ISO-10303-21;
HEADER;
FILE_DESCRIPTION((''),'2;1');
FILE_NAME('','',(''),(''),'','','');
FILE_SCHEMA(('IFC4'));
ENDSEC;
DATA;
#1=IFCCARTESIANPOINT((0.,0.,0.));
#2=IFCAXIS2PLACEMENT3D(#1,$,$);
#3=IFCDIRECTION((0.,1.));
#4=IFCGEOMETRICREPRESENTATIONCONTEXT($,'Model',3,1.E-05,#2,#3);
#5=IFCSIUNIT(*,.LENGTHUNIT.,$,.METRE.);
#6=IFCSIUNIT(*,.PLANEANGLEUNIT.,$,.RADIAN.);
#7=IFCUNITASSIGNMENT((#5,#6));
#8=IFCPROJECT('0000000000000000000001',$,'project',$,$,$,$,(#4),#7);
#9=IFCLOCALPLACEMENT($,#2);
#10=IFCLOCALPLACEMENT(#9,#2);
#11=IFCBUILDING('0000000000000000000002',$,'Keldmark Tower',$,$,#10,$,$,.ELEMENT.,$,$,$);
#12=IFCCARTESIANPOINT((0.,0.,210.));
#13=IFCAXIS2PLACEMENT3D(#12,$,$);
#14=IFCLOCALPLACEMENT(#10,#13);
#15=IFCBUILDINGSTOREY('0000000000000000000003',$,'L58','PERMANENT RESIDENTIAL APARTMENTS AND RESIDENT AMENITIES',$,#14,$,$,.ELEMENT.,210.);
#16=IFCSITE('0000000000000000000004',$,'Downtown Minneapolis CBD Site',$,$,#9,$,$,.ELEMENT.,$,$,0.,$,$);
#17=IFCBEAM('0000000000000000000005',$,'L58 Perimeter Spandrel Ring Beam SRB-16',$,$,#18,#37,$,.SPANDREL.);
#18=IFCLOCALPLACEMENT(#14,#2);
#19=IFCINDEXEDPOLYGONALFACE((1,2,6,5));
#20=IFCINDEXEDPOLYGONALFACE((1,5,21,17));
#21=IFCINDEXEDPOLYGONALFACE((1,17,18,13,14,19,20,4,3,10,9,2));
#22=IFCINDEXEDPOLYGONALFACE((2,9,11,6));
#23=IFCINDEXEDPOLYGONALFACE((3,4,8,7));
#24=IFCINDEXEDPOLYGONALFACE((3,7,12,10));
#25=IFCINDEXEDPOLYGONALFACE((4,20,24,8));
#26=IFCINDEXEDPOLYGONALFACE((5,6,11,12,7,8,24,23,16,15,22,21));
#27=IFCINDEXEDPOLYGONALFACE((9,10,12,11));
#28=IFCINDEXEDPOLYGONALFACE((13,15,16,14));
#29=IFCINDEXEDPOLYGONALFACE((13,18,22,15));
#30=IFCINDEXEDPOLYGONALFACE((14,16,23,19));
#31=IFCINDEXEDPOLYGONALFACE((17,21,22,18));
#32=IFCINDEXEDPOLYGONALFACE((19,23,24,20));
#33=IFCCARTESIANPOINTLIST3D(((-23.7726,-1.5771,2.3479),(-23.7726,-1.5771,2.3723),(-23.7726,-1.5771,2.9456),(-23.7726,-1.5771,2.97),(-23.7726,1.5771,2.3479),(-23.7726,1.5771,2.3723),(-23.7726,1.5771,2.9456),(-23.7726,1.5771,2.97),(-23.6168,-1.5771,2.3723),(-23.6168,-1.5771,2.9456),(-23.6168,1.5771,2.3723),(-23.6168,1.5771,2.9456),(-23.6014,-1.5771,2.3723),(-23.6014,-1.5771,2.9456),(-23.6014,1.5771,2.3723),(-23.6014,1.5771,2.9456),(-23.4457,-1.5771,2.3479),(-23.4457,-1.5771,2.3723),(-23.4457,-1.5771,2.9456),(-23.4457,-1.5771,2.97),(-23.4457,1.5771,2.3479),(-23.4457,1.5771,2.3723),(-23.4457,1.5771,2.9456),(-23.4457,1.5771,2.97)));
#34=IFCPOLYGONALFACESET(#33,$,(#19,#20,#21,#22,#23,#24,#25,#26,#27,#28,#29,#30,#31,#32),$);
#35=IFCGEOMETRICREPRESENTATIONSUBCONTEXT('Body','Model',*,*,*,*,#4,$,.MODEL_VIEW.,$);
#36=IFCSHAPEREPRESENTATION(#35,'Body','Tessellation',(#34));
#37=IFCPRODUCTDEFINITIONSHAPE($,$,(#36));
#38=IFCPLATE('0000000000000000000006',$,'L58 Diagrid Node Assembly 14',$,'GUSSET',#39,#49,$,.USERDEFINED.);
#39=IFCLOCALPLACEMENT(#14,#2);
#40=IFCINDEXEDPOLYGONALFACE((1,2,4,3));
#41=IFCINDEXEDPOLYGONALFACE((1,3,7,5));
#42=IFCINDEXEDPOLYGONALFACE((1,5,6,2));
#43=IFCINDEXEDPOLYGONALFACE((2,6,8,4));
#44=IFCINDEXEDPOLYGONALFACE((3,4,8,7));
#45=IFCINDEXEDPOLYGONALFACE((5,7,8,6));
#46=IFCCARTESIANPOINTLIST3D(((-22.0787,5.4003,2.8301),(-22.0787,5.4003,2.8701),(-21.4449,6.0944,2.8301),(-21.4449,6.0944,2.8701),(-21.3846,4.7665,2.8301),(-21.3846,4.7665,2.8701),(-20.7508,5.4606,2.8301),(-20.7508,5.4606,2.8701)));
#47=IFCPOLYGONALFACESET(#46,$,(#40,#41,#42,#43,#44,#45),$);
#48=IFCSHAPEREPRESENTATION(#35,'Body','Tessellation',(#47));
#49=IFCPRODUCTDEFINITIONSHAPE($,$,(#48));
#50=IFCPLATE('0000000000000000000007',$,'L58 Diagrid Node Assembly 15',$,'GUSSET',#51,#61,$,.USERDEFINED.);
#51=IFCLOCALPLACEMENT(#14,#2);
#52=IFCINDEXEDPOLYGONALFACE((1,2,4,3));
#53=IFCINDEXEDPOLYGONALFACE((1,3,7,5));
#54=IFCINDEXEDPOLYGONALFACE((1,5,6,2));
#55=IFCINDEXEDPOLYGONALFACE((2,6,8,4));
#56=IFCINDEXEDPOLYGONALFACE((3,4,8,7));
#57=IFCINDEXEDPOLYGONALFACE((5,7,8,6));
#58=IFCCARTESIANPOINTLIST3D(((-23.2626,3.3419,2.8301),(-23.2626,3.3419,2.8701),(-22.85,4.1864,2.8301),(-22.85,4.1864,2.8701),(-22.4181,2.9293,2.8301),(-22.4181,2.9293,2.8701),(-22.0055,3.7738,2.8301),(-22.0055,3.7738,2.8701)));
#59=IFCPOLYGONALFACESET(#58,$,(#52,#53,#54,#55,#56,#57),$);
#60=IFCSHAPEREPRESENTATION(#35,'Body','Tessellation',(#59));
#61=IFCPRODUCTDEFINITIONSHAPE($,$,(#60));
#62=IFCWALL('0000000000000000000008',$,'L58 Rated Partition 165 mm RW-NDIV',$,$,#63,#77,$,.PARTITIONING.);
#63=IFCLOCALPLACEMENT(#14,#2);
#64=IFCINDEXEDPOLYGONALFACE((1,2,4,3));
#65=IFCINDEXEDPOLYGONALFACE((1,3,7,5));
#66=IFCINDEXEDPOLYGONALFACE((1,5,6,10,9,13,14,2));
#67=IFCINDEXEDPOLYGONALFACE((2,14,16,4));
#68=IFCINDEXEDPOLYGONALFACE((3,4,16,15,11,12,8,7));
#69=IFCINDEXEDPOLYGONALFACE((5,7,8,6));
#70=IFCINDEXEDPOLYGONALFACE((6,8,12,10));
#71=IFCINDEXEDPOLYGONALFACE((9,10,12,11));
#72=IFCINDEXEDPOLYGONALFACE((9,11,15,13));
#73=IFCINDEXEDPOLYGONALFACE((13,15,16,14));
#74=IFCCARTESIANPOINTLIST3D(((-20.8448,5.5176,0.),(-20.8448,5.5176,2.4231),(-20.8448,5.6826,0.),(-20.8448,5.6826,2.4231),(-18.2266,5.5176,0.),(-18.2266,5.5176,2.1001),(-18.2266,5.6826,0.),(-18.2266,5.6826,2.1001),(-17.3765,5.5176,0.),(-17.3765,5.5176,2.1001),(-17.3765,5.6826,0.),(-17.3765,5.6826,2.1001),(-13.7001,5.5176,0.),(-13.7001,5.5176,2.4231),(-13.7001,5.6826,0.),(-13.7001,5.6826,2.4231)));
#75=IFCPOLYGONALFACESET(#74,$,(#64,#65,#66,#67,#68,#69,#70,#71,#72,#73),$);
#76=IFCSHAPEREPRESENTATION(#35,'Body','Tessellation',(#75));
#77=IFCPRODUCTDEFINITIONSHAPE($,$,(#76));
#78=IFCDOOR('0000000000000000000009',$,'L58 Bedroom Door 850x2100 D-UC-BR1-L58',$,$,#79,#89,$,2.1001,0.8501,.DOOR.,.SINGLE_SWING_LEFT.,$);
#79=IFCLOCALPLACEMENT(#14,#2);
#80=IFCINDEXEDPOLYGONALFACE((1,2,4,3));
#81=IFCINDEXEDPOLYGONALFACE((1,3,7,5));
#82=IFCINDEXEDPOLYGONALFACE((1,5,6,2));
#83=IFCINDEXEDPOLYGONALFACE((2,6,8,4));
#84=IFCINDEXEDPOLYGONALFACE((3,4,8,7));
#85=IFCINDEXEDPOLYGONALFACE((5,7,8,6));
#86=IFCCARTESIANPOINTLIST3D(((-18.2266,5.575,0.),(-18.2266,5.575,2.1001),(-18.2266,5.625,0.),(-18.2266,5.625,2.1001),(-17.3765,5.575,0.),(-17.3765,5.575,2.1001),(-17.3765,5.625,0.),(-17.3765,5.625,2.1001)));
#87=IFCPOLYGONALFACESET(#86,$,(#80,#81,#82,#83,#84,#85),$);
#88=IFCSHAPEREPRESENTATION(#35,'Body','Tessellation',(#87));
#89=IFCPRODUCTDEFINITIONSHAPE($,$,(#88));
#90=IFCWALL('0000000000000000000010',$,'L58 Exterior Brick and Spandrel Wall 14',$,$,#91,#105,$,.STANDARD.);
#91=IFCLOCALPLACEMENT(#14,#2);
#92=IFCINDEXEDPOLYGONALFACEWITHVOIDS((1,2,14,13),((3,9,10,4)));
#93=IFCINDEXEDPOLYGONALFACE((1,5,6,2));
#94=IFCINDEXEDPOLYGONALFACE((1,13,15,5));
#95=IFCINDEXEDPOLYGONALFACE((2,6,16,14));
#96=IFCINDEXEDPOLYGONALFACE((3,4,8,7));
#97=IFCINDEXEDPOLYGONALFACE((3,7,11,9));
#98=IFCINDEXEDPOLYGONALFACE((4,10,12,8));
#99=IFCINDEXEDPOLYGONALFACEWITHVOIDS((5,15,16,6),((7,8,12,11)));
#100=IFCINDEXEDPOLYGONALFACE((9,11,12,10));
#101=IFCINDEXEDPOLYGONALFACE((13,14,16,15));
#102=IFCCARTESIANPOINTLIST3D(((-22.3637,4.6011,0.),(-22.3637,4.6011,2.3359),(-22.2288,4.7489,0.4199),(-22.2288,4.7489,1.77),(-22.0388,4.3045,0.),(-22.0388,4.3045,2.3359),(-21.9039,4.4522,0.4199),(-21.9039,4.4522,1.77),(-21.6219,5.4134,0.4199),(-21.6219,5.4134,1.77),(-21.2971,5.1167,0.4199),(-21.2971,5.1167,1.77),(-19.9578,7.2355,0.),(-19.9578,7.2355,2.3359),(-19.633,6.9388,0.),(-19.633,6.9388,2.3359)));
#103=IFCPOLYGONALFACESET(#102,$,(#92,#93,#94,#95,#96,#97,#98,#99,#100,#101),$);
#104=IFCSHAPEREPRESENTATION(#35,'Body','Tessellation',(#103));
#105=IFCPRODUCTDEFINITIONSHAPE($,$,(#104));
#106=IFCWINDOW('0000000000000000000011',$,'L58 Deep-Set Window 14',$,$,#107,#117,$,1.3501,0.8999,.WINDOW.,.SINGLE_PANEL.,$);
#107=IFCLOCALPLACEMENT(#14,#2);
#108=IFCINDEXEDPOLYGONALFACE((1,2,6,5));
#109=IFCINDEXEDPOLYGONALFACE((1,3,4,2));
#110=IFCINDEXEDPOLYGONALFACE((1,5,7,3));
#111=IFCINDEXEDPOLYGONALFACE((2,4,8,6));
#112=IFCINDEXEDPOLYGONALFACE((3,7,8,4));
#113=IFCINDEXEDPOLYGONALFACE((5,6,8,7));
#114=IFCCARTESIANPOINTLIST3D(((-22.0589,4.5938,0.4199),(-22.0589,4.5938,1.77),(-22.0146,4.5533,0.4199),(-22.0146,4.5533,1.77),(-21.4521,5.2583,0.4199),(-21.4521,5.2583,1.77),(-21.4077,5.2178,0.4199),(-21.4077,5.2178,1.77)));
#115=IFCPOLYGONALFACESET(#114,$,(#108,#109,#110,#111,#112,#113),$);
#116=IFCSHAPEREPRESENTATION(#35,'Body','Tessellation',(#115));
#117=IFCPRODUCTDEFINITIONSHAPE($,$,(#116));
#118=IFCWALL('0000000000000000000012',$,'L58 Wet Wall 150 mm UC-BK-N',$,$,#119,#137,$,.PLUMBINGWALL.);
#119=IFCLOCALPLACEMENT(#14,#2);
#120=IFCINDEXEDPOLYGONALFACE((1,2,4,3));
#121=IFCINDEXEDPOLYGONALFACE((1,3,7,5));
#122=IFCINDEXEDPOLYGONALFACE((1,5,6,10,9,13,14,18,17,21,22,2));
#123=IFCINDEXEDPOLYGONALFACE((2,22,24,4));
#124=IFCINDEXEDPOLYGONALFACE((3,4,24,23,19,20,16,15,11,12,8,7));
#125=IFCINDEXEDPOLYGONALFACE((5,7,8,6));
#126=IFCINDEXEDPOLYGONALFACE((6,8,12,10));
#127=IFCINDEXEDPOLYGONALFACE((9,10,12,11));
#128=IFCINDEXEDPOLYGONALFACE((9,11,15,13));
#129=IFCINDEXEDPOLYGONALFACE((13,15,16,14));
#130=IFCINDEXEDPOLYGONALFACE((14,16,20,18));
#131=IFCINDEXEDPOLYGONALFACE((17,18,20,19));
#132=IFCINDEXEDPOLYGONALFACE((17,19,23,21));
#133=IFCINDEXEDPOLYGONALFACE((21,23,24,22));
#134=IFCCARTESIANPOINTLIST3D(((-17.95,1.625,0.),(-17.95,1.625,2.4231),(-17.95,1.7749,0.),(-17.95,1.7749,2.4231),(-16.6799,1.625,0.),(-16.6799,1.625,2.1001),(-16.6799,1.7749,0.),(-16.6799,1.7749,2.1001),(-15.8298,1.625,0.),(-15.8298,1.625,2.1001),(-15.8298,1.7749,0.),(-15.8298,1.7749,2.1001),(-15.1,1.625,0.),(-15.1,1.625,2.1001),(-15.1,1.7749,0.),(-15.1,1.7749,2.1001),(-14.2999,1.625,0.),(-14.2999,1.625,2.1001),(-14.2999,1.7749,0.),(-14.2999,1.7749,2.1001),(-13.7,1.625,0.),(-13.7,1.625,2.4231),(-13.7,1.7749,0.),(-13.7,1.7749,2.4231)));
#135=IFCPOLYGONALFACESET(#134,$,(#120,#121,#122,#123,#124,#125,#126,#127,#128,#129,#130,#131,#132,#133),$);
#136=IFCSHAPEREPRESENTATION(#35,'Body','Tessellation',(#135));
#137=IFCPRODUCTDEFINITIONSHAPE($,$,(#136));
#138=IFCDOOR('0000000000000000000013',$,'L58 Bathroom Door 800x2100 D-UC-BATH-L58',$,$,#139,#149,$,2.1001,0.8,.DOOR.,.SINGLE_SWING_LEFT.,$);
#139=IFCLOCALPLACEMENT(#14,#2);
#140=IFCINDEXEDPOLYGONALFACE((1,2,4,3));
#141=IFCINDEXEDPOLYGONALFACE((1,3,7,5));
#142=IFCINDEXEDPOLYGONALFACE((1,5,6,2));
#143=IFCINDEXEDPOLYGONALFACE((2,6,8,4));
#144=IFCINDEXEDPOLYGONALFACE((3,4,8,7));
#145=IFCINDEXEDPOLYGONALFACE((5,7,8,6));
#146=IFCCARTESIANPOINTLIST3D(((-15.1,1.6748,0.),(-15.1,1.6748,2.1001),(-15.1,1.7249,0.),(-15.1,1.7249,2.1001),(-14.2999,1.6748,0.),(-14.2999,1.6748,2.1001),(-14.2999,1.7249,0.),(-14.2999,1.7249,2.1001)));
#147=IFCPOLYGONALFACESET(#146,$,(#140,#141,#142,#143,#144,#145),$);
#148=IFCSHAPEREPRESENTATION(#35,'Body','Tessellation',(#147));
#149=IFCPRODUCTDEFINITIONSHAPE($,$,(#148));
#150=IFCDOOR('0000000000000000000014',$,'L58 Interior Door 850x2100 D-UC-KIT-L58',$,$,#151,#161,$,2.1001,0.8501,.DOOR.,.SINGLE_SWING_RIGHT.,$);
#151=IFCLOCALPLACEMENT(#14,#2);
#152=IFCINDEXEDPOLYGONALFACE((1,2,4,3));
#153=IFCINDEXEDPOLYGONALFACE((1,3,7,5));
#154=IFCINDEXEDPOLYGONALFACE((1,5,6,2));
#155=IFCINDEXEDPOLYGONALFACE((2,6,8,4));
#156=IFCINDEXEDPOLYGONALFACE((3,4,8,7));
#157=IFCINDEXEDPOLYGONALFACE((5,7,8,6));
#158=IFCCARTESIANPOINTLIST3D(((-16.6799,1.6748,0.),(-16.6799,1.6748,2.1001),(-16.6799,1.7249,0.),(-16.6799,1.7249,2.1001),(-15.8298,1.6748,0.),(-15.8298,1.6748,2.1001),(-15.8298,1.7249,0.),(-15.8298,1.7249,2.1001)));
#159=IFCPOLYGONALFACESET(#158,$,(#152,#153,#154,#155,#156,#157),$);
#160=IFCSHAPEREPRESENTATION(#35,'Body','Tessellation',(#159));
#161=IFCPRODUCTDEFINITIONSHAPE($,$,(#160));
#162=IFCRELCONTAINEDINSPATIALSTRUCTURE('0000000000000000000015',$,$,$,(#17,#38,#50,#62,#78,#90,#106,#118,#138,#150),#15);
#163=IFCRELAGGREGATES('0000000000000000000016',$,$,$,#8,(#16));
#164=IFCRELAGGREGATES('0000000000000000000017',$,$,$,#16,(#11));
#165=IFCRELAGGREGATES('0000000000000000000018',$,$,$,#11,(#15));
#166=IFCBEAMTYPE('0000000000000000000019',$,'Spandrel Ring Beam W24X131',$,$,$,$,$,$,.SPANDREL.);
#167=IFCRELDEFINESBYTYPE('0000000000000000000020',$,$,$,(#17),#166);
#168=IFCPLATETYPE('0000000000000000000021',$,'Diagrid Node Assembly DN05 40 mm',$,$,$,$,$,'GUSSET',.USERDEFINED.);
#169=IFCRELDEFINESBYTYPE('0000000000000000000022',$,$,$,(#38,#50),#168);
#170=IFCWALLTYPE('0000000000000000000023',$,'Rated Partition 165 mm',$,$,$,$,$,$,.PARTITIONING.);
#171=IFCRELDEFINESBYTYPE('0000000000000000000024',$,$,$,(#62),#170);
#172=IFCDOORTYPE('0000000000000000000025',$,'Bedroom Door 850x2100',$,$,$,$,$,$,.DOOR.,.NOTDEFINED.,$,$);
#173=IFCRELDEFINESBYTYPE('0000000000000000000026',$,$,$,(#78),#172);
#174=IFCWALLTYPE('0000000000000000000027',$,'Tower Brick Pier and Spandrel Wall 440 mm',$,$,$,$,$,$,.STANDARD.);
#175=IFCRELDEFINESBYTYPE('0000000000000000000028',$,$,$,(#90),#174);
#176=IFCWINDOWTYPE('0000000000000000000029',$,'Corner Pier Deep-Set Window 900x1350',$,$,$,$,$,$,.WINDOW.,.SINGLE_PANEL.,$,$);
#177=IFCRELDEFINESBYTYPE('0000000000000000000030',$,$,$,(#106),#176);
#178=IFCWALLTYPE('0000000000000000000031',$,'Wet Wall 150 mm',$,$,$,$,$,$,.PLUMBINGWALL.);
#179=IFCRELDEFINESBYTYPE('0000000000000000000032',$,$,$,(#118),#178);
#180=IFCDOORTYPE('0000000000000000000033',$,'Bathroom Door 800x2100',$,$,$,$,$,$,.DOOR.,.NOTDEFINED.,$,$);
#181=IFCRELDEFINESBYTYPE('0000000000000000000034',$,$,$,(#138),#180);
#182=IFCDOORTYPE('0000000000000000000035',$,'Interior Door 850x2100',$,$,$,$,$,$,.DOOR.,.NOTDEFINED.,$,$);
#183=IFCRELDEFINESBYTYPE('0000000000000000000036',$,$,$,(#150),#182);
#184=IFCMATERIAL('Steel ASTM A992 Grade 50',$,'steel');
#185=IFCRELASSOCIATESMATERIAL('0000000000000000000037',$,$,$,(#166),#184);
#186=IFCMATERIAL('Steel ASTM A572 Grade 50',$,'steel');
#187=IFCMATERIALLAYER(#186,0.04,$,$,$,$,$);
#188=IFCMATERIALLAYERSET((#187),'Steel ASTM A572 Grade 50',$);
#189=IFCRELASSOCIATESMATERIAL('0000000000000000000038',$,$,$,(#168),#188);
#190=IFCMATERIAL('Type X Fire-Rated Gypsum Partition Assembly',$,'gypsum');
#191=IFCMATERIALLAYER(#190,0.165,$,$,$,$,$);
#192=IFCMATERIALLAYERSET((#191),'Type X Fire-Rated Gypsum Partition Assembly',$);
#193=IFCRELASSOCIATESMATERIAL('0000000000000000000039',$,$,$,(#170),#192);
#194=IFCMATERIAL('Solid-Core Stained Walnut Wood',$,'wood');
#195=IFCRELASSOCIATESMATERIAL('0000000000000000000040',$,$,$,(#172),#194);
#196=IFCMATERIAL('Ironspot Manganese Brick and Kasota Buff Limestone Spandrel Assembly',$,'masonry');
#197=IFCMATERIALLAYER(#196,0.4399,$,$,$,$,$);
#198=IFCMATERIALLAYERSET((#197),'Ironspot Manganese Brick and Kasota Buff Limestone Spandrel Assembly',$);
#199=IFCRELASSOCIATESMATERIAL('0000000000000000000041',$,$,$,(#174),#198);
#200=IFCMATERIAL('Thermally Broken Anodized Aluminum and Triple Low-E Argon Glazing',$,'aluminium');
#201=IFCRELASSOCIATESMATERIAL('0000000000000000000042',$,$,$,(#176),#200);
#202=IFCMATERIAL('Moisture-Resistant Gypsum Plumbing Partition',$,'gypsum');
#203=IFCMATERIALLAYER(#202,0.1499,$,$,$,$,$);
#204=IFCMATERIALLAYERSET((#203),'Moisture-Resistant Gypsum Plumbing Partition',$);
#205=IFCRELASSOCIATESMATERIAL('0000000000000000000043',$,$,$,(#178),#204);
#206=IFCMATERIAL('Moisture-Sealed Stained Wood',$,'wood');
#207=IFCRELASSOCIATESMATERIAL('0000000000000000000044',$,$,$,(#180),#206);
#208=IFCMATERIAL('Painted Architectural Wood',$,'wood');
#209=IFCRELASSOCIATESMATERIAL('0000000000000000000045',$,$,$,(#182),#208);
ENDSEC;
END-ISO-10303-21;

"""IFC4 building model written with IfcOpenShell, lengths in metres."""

from ifc_helpers import new_model, si_unit, direction, frame, frame_2d, origin, origin_2d, place, context, subcontext, project, spatial, rectangle, i_section, extrude, material, layer, layer_set, material_profile, profile_set, type_object, element, fill, save


model = new_model("IFC4")

# Units and contexts
model_context = context("Model", 3, precision=1e-05, world=origin(), true_north=direction((0.0, 1.0)))
body_context = subcontext(model_context, "Body", "Model", "MODEL_VIEW")
ifc_project = project(units=[si_unit("LENGTHUNIT", "METRE"), si_unit("PLANEANGLEUNIT", "RADIAN")], contexts=[model_context])

# Site, building, storey
site_placement = place(None, origin())
site = spatial("IfcSite", under=ifc_project, at=site_placement, Name="Downtown Minneapolis CBD Site", CompositionType="ELEMENT", RefElevation=0.0)
building_placement = place(site_placement, origin())
building = spatial("IfcBuilding", under=site, at=building_placement, Name="Keldmark Tower", CompositionType="ELEMENT")
storey_placement = place(building_placement, frame((0.0, 0.0, 210.0)))
storey = spatial("IfcBuildingStorey", under=building, at=storey_placement, Name="L58", Description="PERMANENT RESIDENTIAL APARTMENTS AND RESIDENT AMENITIES", CompositionType="ELEMENT", Elevation=210.0)

# Beam
ifc_material_1 = material(Name="Steel ASTM A992 Grade 50", Category="steel")
ifc_material_profile_1 = material_profile(ifc_material_1, i_section(OverallWidth=0.3269, OverallDepth=0.6221, WebThickness=0.0154, FlangeThickness=0.0244, at=origin_2d()), Name="W24X131")
ifc_profile_set_1 = profile_set([ifc_material_profile_1], Name="Steel ASTM A992 Grade 50")
beam_type_1 = type_object("IfcBeamType", Name="Spandrel Ring Beam W24X131", PredefinedType="SPANDREL", material=ifc_profile_set_1)
beam_1_placement = place(storey_placement, frame((-23.6091, 1.5771, 2.6589), z_axis=(0.0, -1.0, 0.0), x_axis=(1.0, 0.0, 0.0)))
element("IfcBeam", 1, at=beam_1_placement, inside=storey, type_object=beam_type_1, Name="L58 Perimeter Spandrel Ring Beam SRB-16", PredefinedType="SPANDREL", context=body_context, shape_type="SweptSolid", body=[
    extrude(i_section(OverallWidth=0.3269, OverallDepth=0.6221, WebThickness=0.0154, FlangeThickness=0.0244, at=origin_2d()), origin(), (0.0, 0.0, 1.0), 3.1543),
])

# Plates
ifc_material_2 = material(Name="Steel ASTM A572 Grade 50", Category="steel")
ifc_layer_1 = layer(ifc_material_2, 0.04)
ifc_layer_set_1 = layer_set([ifc_layer_1], Name="Steel ASTM A572 Grade 50")
plate_type = type_object("IfcPlateType", Name="Diagrid Node Assembly DN05 40 mm", ElementType="GUSSET", PredefinedType="USERDEFINED", material=ifc_layer_set_1)
for number, where, z_axis, x_axis, name in (
    (2, (-21.4148, 5.4304, 2.8301), (0.0, 0.0, 1.0), (-0.674302, -0.738455, 0.0), "L58 Diagrid Node Assembly 14"),
    (3, (-22.634, 3.5579, 2.8301), (0.0, 0.0, 1.0), (-0.438999, -0.898488, 0.0), "L58 Diagrid Node Assembly 15"),
):
    element("IfcPlate", number, at=place(storey_placement, frame(where, z_axis=z_axis, x_axis=x_axis)), inside=storey, type_object=plate_type, Name=name, ObjectType="GUSSET", PredefinedType="USERDEFINED", context=body_context, shape_type="SweptSolid", body=[
        extrude(rectangle(XDim=0.9399, YDim=0.9399, at=origin_2d()), origin(), (0.0, 0.0, 1.0), 0.04),
    ])

# Wall, opening, door
ifc_material_3 = material(Name="Type X Fire-Rated Gypsum Partition Assembly", Category="gypsum")
ifc_layer_2 = layer(ifc_material_3, 0.165)
ifc_layer_set_2 = layer_set([ifc_layer_2], Name="Type X Fire-Rated Gypsum Partition Assembly")
wall_type_1 = type_object("IfcWallType", Name="Rated Partition 165 mm", PredefinedType="PARTITIONING", material=ifc_layer_set_2)
wall_1_placement = place(storey_placement, frame((-20.8447, 5.6001, 0.0), z_axis=(0.0, 0.0, 1.0), x_axis=(1.0, 0.0, 0.0)))
wall_1 = element("IfcWall", 4, at=wall_1_placement, inside=storey, type_object=wall_type_1, Name="L58 Rated Partition 165 mm RW-NDIV", PredefinedType="PARTITIONING", context=body_context, shape_type="SweptSolid", body=[
    extrude(rectangle(XDim=7.1448, YDim=0.165, at=frame_2d((3.5723, 0.0))), origin(), (0.0, 0.0, 1.0), 2.4231),
])
opening_1_placement = place(wall_1_placement, frame((2.6182, 0.0, 0.0)))
opening_1 = element("IfcOpeningElement", 5, at=opening_1_placement, cuts=wall_1, PredefinedType="OPENING", context=body_context, shape_type="SweptSolid", body=[
    extrude(rectangle(XDim=0.8501, YDim=2.1001, at=frame_2d((0.425, 1.05))), frame((0.0, 0.0925, 0.0), z_axis=(0.0, -1.0, 0.0), x_axis=(1.0, 0.0, 0.0)), (0.0, 0.0, 1.0), 0.1851),
])
ifc_material_4 = material(Name="Solid-Core Stained Walnut Wood", Category="wood")
door_type_1 = type_object("IfcDoorType", Name="Bedroom Door 850x2100", OperationType="NOTDEFINED", PredefinedType="DOOR", material=ifc_material_4)
door_1_placement = place(opening_1_placement, origin())
door_1 = element("IfcDoor", 6, at=door_1_placement, inside=storey, type_object=door_type_1, Name="L58 Bedroom Door 850x2100 D-UC-BR1-L58", OperationType="SINGLE_SWING_LEFT", OverallHeight=2.1001, OverallWidth=0.8501, PredefinedType="DOOR", context=body_context, shape_type="SweptSolid", body=[
    extrude(rectangle(XDim=0.8501, YDim=2.1001, at=frame_2d((0.425, 1.05))), frame((0.0, 0.0249, 0.0), z_axis=(0.0, -1.0, 0.0), x_axis=(1.0, 0.0, 0.0)), (0.0, 0.0, 1.0), 0.05),
])
fill(opening_1, door_1)

# Wall, opening, window
ifc_material_5 = material(Name="Ironspot Manganese Brick and Kasota Buff Limestone Spandrel Assembly", Category="masonry")
ifc_layer_3 = layer(ifc_material_5, 0.4399)
ifc_layer_set_3 = layer_set([ifc_layer_3], Name="Ironspot Manganese Brick and Kasota Buff Limestone Spandrel Assembly")
wall_type_2 = type_object("IfcWallType", Name="Tower Brick Pier and Spandrel Wall 440 mm", PredefinedType="STANDARD", material=ifc_layer_set_3)
wall_2_placement = place(storey_placement, frame((-22.2012, 4.4529, 0.0), z_axis=(0.0, 0.0, 1.0), x_axis=(0.674354, 0.738408, 0.0)))
wall_2 = element("IfcWall", 7, at=wall_2_placement, inside=storey, type_object=wall_type_2, Name="L58 Exterior Brick and Spandrel Wall 14", PredefinedType="STANDARD", context=body_context, shape_type="SweptSolid", body=[
    extrude(rectangle(XDim=3.5676, YDim=0.4399, at=frame_2d((1.7837, 0.0))), origin(), (0.0, 0.0, 1.0), 2.3359),
])
opening_2_placement = place(wall_2_placement, frame((0.2, 0.0, 0.4199)))
opening_2 = element("IfcOpeningElement", 8, at=opening_2_placement, cuts=wall_2, PredefinedType="OPENING", context=body_context, shape_type="SweptSolid", body=[
    extrude(rectangle(XDim=0.8999, YDim=1.3501, at=frame_2d((0.45, 0.675))), frame((0.0, 0.23, 0.0), z_axis=(0.0, -1.0, 0.0), x_axis=(1.0, 0.0, 0.0)), (0.0, 0.0, 1.0), 0.46),
])
ifc_material_6 = material(Name="Thermally Broken Anodized Aluminum and Triple Low-E Argon Glazing", Category="aluminium")
window_type = type_object("IfcWindowType", Name="Corner Pier Deep-Set Window 900x1350", PartitioningType="SINGLE_PANEL", PredefinedType="WINDOW", material=ifc_material_6)
window_placement = place(opening_2_placement, origin())
window = element("IfcWindow", 9, at=window_placement, inside=storey, type_object=window_type, Name="L58 Deep-Set Window 14", OverallHeight=1.3501, OverallWidth=0.8999, PartitioningType="SINGLE_PANEL", PredefinedType="WINDOW", context=body_context, shape_type="SweptSolid", body=[
    extrude(rectangle(XDim=0.8999, YDim=1.3501, at=frame_2d((0.45, 0.675))), frame((0.0, -0.01, 0.0), z_axis=(0.0, -1.0, 0.0), x_axis=(1.0, 0.0, 0.0)), (0.0, 0.0, 1.0), 0.0601),
])
fill(opening_2, window)

# Wall, openings, doors
ifc_material_7 = material(Name="Moisture-Resistant Gypsum Plumbing Partition", Category="gypsum")
ifc_layer_4 = layer(ifc_material_7, 0.1499)
ifc_layer_set_4 = layer_set([ifc_layer_4], Name="Moisture-Resistant Gypsum Plumbing Partition")
wall_type_3 = type_object("IfcWallType", Name="Wet Wall 150 mm", PredefinedType="PLUMBINGWALL", material=ifc_layer_set_4)
wall_3_placement = place(storey_placement, frame((-17.95, 1.7, 0.0), z_axis=(0.0, 0.0, 1.0), x_axis=(1.0, 0.0, 0.0)))
wall_3 = element("IfcWall", 10, at=wall_3_placement, inside=storey, type_object=wall_type_3, Name="L58 Wet Wall 150 mm UC-BK-N", PredefinedType="PLUMBINGWALL", context=body_context, shape_type="SweptSolid", body=[
    extrude(rectangle(XDim=4.25, YDim=0.1499, at=frame_2d((2.125, 0.0))), origin(), (0.0, 0.0, 1.0), 2.4231),
])
opening_3_placement = place(wall_3_placement, frame((2.8501, 0.0, 0.0)))
opening_3 = element("IfcOpeningElement", 11, at=opening_3_placement, cuts=wall_3, PredefinedType="OPENING", context=body_context, shape_type="SweptSolid", body=[
    extrude(rectangle(XDim=0.8, YDim=2.1001, at=frame_2d((0.3999, 1.05))), frame((0.0, 0.085, 0.0), z_axis=(0.0, -1.0, 0.0), x_axis=(1.0, 0.0, 0.0)), (0.0, 0.0, 1.0), 0.1699),
])
opening_4_placement = place(wall_3_placement, frame((1.27, 0.0, 0.0)))
opening_4 = element("IfcOpeningElement", 12, at=opening_4_placement, cuts=wall_3, PredefinedType="OPENING", context=body_context, shape_type="SweptSolid", body=[
    extrude(rectangle(XDim=0.8501, YDim=2.1001, at=frame_2d((0.425, 1.05))), frame((0.0, 0.085, 0.0), z_axis=(0.0, -1.0, 0.0), x_axis=(1.0, 0.0, 0.0)), (0.0, 0.0, 1.0), 0.1699),
])
ifc_material_8 = material(Name="Moisture-Sealed Stained Wood", Category="wood")
door_type_2 = type_object("IfcDoorType", Name="Bathroom Door 800x2100", OperationType="NOTDEFINED", PredefinedType="DOOR", material=ifc_material_8)
door_2_placement = place(opening_3_placement, origin())
door_2 = element("IfcDoor", 13, at=door_2_placement, inside=storey, type_object=door_type_2, Name="L58 Bathroom Door 800x2100 D-UC-BATH-L58", OperationType="SINGLE_SWING_LEFT", OverallHeight=2.1001, OverallWidth=0.8, PredefinedType="DOOR", context=body_context, shape_type="SweptSolid", body=[
    extrude(rectangle(XDim=0.8, YDim=2.1001, at=frame_2d((0.3999, 1.05))), frame((0.0, 0.0249, 0.0), z_axis=(0.0, -1.0, 0.0), x_axis=(1.0, 0.0, 0.0)), (0.0, 0.0, 1.0), 0.05),
])
fill(opening_3, door_2)
ifc_material_9 = material(Name="Painted Architectural Wood", Category="wood")
door_type_3 = type_object("IfcDoorType", Name="Interior Door 850x2100", OperationType="NOTDEFINED", PredefinedType="DOOR", material=ifc_material_9)
door_3_placement = place(opening_4_placement, origin())
door_3 = element("IfcDoor", 14, at=door_3_placement, inside=storey, type_object=door_type_3, Name="L58 Interior Door 850x2100 D-UC-KIT-L58", OperationType="SINGLE_SWING_RIGHT", OverallHeight=2.1001, OverallWidth=0.8501, PredefinedType="DOOR", context=body_context, shape_type="SweptSolid", body=[
    extrude(rectangle(XDim=0.8501, YDim=2.1001, at=frame_2d((0.425, 1.05))), frame((0.0, 0.0249, 0.0), z_axis=(0.0, -1.0, 0.0), x_axis=(1.0, 0.0, 0.0)), (0.0, 0.0, 1.0), 0.05),
])
fill(opening_4, door_3)

save(model, "model.ifc")
